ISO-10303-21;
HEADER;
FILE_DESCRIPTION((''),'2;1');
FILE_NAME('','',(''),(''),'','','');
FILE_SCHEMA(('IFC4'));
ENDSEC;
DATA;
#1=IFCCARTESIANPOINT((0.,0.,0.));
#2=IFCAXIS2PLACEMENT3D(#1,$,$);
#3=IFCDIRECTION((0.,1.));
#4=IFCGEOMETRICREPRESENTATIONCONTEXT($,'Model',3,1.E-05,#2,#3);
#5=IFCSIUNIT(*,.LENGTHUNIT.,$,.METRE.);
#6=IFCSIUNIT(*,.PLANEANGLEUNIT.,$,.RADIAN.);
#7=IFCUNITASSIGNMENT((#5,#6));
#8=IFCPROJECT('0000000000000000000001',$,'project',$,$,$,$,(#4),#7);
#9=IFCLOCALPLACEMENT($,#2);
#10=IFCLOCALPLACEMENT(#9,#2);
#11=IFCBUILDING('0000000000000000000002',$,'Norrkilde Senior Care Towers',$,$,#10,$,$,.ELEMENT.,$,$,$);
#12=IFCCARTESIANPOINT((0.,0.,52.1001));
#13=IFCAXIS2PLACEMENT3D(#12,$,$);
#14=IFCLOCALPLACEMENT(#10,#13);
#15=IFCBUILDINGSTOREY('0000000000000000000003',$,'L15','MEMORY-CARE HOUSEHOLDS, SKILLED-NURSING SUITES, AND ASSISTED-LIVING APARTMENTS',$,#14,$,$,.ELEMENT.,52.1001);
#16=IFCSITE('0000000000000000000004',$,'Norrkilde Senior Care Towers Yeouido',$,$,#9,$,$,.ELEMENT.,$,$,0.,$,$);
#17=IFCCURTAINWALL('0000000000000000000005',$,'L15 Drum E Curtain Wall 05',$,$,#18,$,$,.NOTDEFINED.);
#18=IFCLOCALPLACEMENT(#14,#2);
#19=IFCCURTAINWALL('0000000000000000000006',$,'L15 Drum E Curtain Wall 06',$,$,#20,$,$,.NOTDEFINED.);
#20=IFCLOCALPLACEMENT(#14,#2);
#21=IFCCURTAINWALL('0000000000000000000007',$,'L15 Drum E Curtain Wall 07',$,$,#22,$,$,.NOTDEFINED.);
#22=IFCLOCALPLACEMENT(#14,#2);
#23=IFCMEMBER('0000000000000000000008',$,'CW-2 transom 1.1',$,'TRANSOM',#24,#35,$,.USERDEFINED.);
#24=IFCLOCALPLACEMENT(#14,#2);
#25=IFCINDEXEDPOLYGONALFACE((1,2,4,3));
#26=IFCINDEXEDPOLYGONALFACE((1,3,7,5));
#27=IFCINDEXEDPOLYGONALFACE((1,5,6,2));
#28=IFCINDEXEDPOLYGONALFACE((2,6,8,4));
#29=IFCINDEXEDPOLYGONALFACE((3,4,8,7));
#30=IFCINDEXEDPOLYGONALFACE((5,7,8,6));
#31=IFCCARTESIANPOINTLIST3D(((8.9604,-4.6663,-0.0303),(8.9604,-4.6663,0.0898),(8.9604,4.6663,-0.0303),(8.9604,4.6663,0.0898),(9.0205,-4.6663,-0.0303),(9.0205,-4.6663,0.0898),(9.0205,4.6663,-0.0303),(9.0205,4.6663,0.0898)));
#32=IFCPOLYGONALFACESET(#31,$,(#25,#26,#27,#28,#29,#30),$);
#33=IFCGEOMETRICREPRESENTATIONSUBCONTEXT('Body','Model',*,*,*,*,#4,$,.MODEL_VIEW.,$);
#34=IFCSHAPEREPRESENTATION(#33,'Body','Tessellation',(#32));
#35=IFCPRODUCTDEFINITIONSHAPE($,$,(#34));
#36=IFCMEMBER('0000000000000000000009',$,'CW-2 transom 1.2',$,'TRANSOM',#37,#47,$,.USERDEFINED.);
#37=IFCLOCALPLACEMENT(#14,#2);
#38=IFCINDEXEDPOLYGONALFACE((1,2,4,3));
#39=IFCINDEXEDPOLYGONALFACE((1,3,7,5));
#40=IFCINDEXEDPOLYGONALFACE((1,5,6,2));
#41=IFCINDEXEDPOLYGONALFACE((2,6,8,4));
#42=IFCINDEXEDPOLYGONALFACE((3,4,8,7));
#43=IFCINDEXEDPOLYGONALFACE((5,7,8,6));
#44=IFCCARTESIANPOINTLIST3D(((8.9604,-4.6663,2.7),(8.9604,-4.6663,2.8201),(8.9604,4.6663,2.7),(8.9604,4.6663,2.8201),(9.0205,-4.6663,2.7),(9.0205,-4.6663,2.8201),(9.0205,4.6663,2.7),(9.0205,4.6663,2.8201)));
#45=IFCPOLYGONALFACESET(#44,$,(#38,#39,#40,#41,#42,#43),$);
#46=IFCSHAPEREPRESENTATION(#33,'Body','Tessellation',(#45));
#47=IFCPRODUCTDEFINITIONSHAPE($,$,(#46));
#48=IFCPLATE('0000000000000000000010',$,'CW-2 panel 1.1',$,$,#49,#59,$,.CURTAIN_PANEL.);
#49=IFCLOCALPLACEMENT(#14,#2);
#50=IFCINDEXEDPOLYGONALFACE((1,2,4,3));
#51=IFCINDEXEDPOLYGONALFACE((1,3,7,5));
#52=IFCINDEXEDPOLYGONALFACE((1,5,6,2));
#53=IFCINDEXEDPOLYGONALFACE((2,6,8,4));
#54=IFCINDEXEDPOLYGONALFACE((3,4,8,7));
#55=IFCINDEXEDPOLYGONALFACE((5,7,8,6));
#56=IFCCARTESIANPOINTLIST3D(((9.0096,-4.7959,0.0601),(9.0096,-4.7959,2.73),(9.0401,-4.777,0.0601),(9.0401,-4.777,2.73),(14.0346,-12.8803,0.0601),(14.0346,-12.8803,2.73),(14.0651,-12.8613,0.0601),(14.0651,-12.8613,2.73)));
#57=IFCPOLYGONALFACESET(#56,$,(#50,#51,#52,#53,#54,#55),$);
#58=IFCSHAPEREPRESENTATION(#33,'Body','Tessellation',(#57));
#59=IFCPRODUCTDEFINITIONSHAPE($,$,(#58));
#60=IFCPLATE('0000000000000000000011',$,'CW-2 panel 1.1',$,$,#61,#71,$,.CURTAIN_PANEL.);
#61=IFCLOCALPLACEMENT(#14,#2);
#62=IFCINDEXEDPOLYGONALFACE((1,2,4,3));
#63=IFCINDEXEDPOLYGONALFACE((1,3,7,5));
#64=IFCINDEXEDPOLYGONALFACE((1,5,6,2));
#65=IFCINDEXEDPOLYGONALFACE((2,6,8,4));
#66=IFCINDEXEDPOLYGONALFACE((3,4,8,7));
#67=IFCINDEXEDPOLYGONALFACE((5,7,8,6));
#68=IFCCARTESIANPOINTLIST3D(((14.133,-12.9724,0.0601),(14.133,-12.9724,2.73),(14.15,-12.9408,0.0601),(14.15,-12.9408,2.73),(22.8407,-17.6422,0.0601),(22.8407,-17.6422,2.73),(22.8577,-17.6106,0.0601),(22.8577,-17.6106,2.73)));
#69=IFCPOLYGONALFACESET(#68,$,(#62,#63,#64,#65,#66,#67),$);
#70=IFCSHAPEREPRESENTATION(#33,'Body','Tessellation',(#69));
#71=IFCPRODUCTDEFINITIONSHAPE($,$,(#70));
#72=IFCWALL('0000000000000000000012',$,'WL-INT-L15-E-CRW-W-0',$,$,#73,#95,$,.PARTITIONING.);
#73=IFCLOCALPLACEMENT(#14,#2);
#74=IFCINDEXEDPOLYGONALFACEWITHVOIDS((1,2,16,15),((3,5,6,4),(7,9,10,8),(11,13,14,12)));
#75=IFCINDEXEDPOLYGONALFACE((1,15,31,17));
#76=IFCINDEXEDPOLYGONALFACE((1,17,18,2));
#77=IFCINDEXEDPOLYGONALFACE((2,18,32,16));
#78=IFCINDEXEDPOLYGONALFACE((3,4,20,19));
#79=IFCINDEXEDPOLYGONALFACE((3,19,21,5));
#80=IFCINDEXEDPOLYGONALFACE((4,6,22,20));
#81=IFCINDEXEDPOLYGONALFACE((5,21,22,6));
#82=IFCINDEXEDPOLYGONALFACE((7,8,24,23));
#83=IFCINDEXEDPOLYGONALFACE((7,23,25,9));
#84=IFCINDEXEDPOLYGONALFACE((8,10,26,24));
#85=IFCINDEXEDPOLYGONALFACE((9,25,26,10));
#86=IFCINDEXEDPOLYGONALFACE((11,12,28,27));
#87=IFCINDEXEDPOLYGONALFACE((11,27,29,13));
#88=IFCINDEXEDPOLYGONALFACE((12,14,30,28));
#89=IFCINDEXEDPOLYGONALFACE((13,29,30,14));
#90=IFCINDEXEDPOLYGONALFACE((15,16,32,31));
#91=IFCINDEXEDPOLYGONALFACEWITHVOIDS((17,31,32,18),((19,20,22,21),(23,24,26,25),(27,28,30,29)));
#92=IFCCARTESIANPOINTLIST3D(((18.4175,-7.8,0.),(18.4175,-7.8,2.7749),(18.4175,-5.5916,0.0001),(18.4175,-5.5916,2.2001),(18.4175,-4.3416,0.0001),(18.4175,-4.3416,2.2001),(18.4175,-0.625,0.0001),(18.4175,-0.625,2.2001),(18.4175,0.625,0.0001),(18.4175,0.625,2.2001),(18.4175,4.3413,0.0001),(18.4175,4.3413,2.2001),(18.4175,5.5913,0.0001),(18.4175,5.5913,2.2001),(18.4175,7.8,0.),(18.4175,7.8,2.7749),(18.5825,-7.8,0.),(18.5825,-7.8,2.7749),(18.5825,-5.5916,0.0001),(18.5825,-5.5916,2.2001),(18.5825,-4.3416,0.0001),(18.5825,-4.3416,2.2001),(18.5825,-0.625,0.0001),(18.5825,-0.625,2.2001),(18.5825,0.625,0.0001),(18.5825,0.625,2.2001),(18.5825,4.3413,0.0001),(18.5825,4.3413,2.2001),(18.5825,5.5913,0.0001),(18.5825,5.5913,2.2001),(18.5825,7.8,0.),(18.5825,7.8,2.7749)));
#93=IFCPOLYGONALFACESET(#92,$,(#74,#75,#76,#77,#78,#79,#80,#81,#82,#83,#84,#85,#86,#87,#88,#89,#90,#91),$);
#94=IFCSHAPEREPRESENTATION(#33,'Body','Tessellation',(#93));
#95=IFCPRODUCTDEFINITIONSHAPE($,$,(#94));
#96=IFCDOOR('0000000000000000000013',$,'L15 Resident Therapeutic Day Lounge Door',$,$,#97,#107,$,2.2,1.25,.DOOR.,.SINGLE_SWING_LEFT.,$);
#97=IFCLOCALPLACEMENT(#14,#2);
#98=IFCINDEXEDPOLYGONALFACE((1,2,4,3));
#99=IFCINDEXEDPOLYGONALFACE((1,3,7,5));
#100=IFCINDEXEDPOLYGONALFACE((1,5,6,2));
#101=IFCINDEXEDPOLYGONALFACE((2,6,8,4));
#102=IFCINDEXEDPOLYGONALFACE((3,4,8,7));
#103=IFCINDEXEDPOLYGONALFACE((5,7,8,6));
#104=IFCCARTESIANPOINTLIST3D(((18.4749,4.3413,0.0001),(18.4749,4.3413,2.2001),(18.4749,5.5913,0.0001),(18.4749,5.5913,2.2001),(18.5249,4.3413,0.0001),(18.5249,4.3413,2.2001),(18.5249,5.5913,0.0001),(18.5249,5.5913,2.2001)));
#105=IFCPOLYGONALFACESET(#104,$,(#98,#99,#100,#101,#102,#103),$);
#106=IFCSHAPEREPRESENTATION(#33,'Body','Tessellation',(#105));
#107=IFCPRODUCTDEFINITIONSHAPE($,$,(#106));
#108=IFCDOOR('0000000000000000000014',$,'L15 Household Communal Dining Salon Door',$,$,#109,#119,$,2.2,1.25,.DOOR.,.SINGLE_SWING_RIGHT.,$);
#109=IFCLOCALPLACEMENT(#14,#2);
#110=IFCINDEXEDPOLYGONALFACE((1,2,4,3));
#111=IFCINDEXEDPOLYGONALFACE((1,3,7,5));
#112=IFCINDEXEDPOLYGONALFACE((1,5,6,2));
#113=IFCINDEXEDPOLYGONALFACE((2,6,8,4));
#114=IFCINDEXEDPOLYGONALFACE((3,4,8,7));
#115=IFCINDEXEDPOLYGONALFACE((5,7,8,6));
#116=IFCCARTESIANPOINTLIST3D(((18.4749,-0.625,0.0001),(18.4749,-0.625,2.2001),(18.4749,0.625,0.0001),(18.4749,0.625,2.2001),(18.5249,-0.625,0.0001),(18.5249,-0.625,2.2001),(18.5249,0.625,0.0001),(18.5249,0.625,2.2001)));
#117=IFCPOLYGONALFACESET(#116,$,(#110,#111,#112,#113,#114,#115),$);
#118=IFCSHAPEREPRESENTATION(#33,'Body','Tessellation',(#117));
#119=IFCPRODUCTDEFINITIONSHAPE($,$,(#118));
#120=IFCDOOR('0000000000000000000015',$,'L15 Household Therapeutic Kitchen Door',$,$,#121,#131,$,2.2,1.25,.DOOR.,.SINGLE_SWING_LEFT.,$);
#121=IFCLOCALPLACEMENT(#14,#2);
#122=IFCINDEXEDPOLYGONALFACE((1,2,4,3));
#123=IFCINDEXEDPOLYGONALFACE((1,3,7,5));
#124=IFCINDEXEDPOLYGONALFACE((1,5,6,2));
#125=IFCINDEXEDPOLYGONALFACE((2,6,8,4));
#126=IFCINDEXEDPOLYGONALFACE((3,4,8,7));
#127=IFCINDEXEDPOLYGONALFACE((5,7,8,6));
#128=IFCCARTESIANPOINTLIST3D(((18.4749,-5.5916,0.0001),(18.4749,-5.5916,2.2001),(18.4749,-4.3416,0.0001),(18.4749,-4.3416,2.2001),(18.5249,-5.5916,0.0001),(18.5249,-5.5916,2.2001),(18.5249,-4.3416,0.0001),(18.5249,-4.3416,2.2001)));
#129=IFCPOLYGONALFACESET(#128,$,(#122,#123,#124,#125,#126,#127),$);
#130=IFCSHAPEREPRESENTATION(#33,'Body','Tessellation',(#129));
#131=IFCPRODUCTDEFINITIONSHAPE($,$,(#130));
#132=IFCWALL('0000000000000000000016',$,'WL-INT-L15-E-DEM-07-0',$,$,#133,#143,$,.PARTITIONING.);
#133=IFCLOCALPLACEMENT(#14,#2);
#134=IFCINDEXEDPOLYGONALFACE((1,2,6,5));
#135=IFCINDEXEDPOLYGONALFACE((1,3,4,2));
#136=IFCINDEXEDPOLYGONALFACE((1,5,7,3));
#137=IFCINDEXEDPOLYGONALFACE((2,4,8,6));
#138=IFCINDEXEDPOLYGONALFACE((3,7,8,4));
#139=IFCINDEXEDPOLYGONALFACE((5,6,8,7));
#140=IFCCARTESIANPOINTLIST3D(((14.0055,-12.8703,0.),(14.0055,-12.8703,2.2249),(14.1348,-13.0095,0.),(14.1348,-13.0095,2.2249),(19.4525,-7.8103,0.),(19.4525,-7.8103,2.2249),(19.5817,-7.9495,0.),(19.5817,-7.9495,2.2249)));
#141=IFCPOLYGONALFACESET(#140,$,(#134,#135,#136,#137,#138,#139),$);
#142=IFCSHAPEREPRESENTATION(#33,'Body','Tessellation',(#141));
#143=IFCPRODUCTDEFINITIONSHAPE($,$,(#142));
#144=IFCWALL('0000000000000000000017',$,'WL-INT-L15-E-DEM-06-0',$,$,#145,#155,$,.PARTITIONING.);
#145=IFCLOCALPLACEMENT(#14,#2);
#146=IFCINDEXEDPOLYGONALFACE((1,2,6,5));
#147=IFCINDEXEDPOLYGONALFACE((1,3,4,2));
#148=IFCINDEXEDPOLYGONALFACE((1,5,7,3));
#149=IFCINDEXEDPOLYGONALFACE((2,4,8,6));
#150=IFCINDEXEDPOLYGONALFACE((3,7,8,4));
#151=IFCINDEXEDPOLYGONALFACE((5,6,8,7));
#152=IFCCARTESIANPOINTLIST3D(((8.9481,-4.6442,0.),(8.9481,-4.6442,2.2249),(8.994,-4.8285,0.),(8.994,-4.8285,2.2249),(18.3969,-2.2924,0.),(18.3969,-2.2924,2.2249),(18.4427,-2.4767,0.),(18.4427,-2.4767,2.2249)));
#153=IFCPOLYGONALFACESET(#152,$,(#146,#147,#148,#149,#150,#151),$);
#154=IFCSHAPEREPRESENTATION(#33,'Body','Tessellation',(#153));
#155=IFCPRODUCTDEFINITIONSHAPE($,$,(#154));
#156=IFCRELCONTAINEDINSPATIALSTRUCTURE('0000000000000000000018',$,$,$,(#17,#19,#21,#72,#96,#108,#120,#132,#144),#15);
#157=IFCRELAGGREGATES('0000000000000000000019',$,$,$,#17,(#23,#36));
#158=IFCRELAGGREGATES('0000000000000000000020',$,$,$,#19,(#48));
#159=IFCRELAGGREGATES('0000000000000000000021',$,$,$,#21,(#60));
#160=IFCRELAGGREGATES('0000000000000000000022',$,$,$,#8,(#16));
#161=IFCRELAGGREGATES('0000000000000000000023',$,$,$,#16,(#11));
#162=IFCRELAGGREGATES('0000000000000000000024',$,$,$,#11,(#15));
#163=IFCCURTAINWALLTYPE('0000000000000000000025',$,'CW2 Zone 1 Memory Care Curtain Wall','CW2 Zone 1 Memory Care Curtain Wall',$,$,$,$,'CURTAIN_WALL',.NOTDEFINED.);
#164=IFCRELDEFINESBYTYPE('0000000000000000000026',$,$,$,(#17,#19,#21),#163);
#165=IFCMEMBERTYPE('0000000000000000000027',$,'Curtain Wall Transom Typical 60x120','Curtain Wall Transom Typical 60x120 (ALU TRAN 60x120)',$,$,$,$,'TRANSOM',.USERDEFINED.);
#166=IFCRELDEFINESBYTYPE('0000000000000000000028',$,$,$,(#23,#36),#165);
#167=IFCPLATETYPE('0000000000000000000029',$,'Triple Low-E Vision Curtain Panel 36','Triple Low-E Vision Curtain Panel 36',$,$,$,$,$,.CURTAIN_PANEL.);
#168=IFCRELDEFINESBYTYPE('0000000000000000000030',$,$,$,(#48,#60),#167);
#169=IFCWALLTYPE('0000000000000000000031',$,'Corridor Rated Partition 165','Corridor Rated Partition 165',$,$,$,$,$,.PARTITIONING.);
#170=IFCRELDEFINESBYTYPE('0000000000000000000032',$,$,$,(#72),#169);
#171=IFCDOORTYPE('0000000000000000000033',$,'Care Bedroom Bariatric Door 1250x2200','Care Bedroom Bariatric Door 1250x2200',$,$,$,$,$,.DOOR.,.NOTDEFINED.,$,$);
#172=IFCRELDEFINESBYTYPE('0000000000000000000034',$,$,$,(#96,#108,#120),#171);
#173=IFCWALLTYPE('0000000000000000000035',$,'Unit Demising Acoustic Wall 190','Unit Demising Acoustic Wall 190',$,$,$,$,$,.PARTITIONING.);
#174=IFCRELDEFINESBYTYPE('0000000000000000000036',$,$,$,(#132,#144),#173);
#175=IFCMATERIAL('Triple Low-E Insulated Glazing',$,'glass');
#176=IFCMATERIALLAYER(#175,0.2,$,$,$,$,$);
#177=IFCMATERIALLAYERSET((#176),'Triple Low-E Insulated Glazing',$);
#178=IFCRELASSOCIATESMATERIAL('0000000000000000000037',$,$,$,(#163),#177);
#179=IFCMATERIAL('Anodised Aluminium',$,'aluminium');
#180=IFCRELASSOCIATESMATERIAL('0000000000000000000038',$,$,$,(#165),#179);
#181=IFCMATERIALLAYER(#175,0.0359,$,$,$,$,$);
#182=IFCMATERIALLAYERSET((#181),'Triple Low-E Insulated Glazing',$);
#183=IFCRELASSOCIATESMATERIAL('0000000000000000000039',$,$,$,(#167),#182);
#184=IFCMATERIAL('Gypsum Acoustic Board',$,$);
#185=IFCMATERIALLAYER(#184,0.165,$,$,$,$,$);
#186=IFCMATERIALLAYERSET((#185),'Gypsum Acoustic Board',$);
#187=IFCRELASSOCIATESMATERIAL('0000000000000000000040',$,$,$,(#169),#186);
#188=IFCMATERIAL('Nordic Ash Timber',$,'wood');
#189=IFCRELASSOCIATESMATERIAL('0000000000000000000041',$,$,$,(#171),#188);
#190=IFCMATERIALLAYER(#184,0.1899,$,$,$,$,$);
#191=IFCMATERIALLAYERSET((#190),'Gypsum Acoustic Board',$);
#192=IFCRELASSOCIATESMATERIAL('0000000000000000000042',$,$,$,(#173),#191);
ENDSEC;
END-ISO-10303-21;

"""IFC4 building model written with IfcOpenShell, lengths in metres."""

from ifc_helpers import new_model, si_unit, direction, frame, frame_2d, origin, origin_2d, place, context, subcontext, project, spatial, rectangle, extrude, source, transform, mapped, material, layer, layer_set, material_profile, profile_set, type_object, type_shapes, element, fill, aggregate, save


model = new_model("IFC4")

# Units and contexts
model_context = context("Model", 3, precision=1e-05, world=origin(), true_north=direction((0.0, 1.0)))
body_context = subcontext(model_context, "Body", "Model", "MODEL_VIEW")
ifc_project = project(units=[si_unit("LENGTHUNIT", "METRE"), si_unit("PLANEANGLEUNIT", "RADIAN")], contexts=[model_context])

# Site, building, storey
site_placement = place(None, origin())
site = spatial("IfcSite", under=ifc_project, at=site_placement, Name="Norrkilde Senior Care Towers Yeouido", CompositionType="ELEMENT", RefElevation=0.0)
building_placement = place(site_placement, origin())
building = spatial("IfcBuilding", under=site, at=building_placement, Name="Norrkilde Senior Care Towers", CompositionType="ELEMENT")
storey_placement = place(building_placement, frame((0.0, 0.0, 52.1001)))
storey = spatial("IfcBuildingStorey", under=building, at=storey_placement, Name="L15", Description="MEMORY-CARE HOUSEHOLDS, SKILLED-NURSING SUITES, AND ASSISTED-LIVING APARTMENTS", CompositionType="ELEMENT", Elevation=52.1001)

# Curtain wall
ifc_material_1 = material(Name="Triple Low-E Insulated Glazing", Category="glass")
ifc_layer_1 = layer(ifc_material_1, 0.2)
ifc_layer_set_1 = layer_set([ifc_layer_1], Name="Triple Low-E Insulated Glazing")
curtain_wall_type = type_object("IfcCurtainWallType", Name="CW2 Zone 1 Memory Care Curtain Wall", Description="CW2 Zone 1 Memory Care Curtain Wall", ElementType="CURTAIN_WALL", PredefinedType="NOTDEFINED", material=ifc_layer_set_1)
curtain_wall_1_placement = place(storey_placement, origin())
curtain_wall_1 = element("IfcCurtainWall", 1, at=curtain_wall_1_placement, inside=storey, type_object=curtain_wall_type, Name="L15 Drum E Curtain Wall 05", PredefinedType="NOTDEFINED")
ifc_material_2 = material(Name="Anodised Aluminium", Category="aluminium")

# Curtain wall
curtain_wall_2_placement = place(storey_placement, origin())
curtain_wall_2 = element("IfcCurtainWall", 2, at=curtain_wall_2_placement, inside=storey, type_object=curtain_wall_type, Name="L15 Drum E Curtain Wall 06", PredefinedType="NOTDEFINED")

# Curtain wall
curtain_wall_3_placement = place(storey_placement, origin())
curtain_wall_3 = element("IfcCurtainWall", 3, at=curtain_wall_3_placement, inside=storey, type_object=curtain_wall_type, Name="L15 Drum E Curtain Wall 07", PredefinedType="NOTDEFINED")

# Members
ifc_material_profile_1 = material_profile(ifc_material_2, rectangle(XDim=0.0601, YDim=0.1201, at=origin_2d()), Name="ALU TRAN 60x120")
ifc_profile_set_1 = profile_set([ifc_material_profile_1], Name="Anodised Aluminium")
member_type_1 = type_object("IfcMemberType", Name="Curtain Wall Transom Typical 60x120", Description="Curtain Wall Transom Typical 60x120 (ALU TRAN 60x120)", ElementType="TRANSOM", PredefinedType="USERDEFINED", material=ifc_profile_set_1)
shared_shape_1 = source(origin(), body_context, "Body", "SweptSolid", [
    extrude(rectangle(XDim=0.0601, YDim=0.1201, at=origin_2d()), origin(), (0.0, 0.0, 1.0), 9.3325),
])
member_1_placement = place(storey_placement, frame((8.9905, -4.6663, 0.0298), z_axis=(0.0, 1.0, 0.0), x_axis=(-1.0, 0.0, 0.0)))
member_1 = element("IfcMember", 4, at=member_1_placement, type_object=member_type_1, Name="CW-2 transom 1.1", ObjectType="TRANSOM", PredefinedType="USERDEFINED", context=body_context, shape_type="MappedRepresentation", body=[
    mapped(shared_shape_1, transform((0.0, 0.0, 0.0), x_axis=(1.0, 0.0, 0.0), y_axis=(0.0, 1.0, 0.0), z_axis=(0.0, 0.0, 1.0), scale=1.0)),
])
member_2_placement = place(storey_placement, frame((8.9905, -4.6663, 2.76), z_axis=(0.0, 1.0, 0.0), x_axis=(-1.0, 0.0, 0.0)))
member_2 = element("IfcMember", 5, at=member_2_placement, type_object=member_type_1, Name="CW-2 transom 1.2", ObjectType="TRANSOM", PredefinedType="USERDEFINED", context=body_context, shape_type="MappedRepresentation", body=[
    mapped(shared_shape_1, transform((0.0, 0.0, 0.0), x_axis=(1.0, 0.0, 0.0), y_axis=(0.0, 1.0, 0.0), z_axis=(0.0, 0.0, 1.0), scale=1.0)),
])
aggregate(curtain_wall_1, [member_1, member_2])

# Plates
ifc_layer_2 = layer(ifc_material_1, 0.0359)
ifc_layer_set_2 = layer_set([ifc_layer_2], Name="Triple Low-E Insulated Glazing")
plate_type = type_object("IfcPlateType", Name="Triple Low-E Vision Curtain Panel 36", Description="Triple Low-E Vision Curtain Panel 36", PredefinedType="CURTAIN_PANEL", material=ifc_layer_set_2)
shared_shape_2 = source(origin(), body_context, "Body", "SweptSolid", [
    extrude(rectangle(XDim=9.5188, YDim=0.0359, at=origin_2d()), origin(), (0.0, 0.0, 1.0), 2.6699),
])
plate_1_placement = place(storey_placement, frame((11.5374, -8.8286, 0.0601), z_axis=(0.0, 0.0, 1.0), x_axis=(-0.527901, 0.849306, 0.0)))
plate_1 = element("IfcPlate", 6, at=plate_1_placement, type_object=plate_type, Name="CW-2 panel 1.1", PredefinedType="CURTAIN_PANEL", context=body_context, shape_type="MappedRepresentation", body=[
    mapped(shared_shape_2, transform((0.0, 0.0, 0.0), x_axis=(1.0, 0.0, 0.0), y_axis=(0.0, 1.0, 0.0), z_axis=(0.0, 0.0, 1.0), scale=1.0)),
])
aggregate(curtain_wall_2, [plate_1])
shared_shape_3 = source(origin(), body_context, "Body", "SweptSolid", [
    extrude(rectangle(XDim=9.8809, YDim=0.0359, at=origin_2d()), origin(), (0.0, 0.0, 1.0), 2.6699),
])
type_shapes(plate_type, [shared_shape_2, shared_shape_3])
plate_2_placement = place(storey_placement, frame((18.4954, -15.2915, 0.0601), z_axis=(0.0, 0.0, 1.0), x_axis=(-0.881273, 0.472608, 0.0)))
plate_2 = element("IfcPlate", 7, at=plate_2_placement, type_object=plate_type, Name="CW-2 panel 1.1", PredefinedType="CURTAIN_PANEL", context=body_context, shape_type="MappedRepresentation", body=[
    mapped(shared_shape_3, transform((0.0, 0.0, 0.0), x_axis=(1.0, 0.0, 0.0), y_axis=(0.0, 1.0, 0.0), z_axis=(0.0, 0.0, 1.0), scale=1.0)),
])
aggregate(curtain_wall_3, [plate_2])

# Wall, openings, doors
ifc_material_3 = material(Name="Gypsum Acoustic Board")
ifc_layer_3 = layer(ifc_material_3, 0.165)
ifc_layer_set_3 = layer_set([ifc_layer_3], Name="Gypsum Acoustic Board")
wall_type_1 = type_object("IfcWallType", Name="Corridor Rated Partition 165", Description="Corridor Rated Partition 165", PredefinedType="PARTITIONING", material=ifc_layer_set_3)
shared_shape_4 = source(origin(), body_context, "Body", "SweptSolid", [
    extrude(rectangle(XDim=15.6001, YDim=0.165, at=frame_2d((7.8, 0.0))), origin(), (0.0, 0.0, 1.0), 2.7749),
])
type_shapes(wall_type_1, [shared_shape_4])
wall_1_placement = place(storey_placement, frame((18.5, -7.8, 0.0), z_axis=(0.0, 0.0, 1.0), x_axis=(0.0, 1.0, 0.0)))
wall_1 = element("IfcWall", 8, at=wall_1_placement, inside=storey, type_object=wall_type_1, Name="WL-INT-L15-E-CRW-W-0", PredefinedType="PARTITIONING", context=body_context, shape_type="MappedRepresentation", body=[
    mapped(shared_shape_4, transform((0.0, 0.0, 0.0), x_axis=(1.0, 0.0, 0.0), y_axis=(0.0, 1.0, 0.0), z_axis=(0.0, 0.0, 1.0), scale=1.0)),
])
opening_1_placement = place(wall_1_placement, frame((12.1414, 0.0, 0.0)))
opening_1 = element("IfcOpeningElement", 9, at=opening_1_placement, cuts=wall_1, PredefinedType="OPENING", context=body_context, shape_type="SweptSolid", body=[
    extrude(rectangle(XDim=1.25, YDim=2.2, at=frame_2d((0.625, 1.1001))), frame((0.0, 0.0925, 0.0), z_axis=(0.0, -1.0, 0.0), x_axis=(1.0, 0.0, 0.0)), (0.0, 0.0, 1.0), 0.1851),
])
opening_2_placement = place(wall_1_placement, frame((7.175, 0.0, 0.0)))
opening_2 = element("IfcOpeningElement", 10, at=opening_2_placement, cuts=wall_1, PredefinedType="OPENING", context=body_context, shape_type="SweptSolid", body=[
    extrude(rectangle(XDim=1.25, YDim=2.2, at=frame_2d((0.625, 1.1001))), frame((0.0, 0.0925, 0.0), z_axis=(0.0, -1.0, 0.0), x_axis=(1.0, 0.0, 0.0)), (0.0, 0.0, 1.0), 0.1851),
])
opening_3_placement = place(wall_1_placement, frame((2.2085, 0.0, 0.0)))
opening_3 = element("IfcOpeningElement", 11, at=opening_3_placement, cuts=wall_1, PredefinedType="OPENING", context=body_context, shape_type="SweptSolid", body=[
    extrude(rectangle(XDim=1.25, YDim=2.2, at=frame_2d((0.625, 1.1001))), frame((0.0, 0.0925, 0.0), z_axis=(0.0, -1.0, 0.0), x_axis=(1.0, 0.0, 0.0)), (0.0, 0.0, 1.0), 0.1851),
])
ifc_material_4 = material(Name="Nordic Ash Timber", Category="wood")
door_type = type_object("IfcDoorType", Name="Care Bedroom Bariatric Door 1250x2200", Description="Care Bedroom Bariatric Door 1250x2200", OperationType="NOTDEFINED", PredefinedType="DOOR", material=ifc_material_4)
shared_shape_5 = source(origin(), body_context, "Body", "SweptSolid", [
    extrude(rectangle(XDim=1.25, YDim=2.2, at=frame_2d((0.625, 1.1001))), frame((0.0, 0.0249, 0.0), z_axis=(0.0, -1.0, 0.0), x_axis=(1.0, 0.0, 0.0)), (0.0, 0.0, 1.0), 0.05),
])
type_shapes(door_type, [shared_shape_5])
door_1_placement = place(opening_1_placement, frame((1.25, 0.0, 0.0), z_axis=(0.0, 0.0, 1.0), x_axis=(-1.0, 0.0, 0.0)))
door_1 = element("IfcDoor", 12, at=door_1_placement, inside=storey, type_object=door_type, Name="L15 Resident Therapeutic Day Lounge Door", OperationType="SINGLE_SWING_LEFT", OverallHeight=2.2, OverallWidth=1.25, PredefinedType="DOOR", context=body_context, shape_type="MappedRepresentation", body=[
    mapped(shared_shape_5, transform((0.0, 0.0, 0.0), x_axis=(1.0, 0.0, 0.0), y_axis=(0.0, 1.0, 0.0), z_axis=(0.0, 0.0, 1.0), scale=1.0)),
])
fill(opening_1, door_1)
door_2_placement = place(opening_2_placement, frame((1.25, 0.0, 0.0), z_axis=(0.0, 0.0, 1.0), x_axis=(-1.0, 0.0, 0.0)))
door_2 = element("IfcDoor", 13, at=door_2_placement, inside=storey, type_object=door_type, Name="L15 Household Communal Dining Salon Door", OperationType="SINGLE_SWING_RIGHT", OverallHeight=2.2, OverallWidth=1.25, PredefinedType="DOOR", context=body_context, shape_type="MappedRepresentation", body=[
    mapped(shared_shape_5, transform((0.0, 0.0, 0.0), x_axis=(1.0, 0.0, 0.0), y_axis=(0.0, 1.0, 0.0), z_axis=(0.0, 0.0, 1.0), scale=1.0)),
])
fill(opening_2, door_2)
door_3_placement = place(opening_3_placement, frame((1.25, 0.0, 0.0), z_axis=(0.0, 0.0, 1.0), x_axis=(-1.0, 0.0, 0.0)))
door_3 = element("IfcDoor", 14, at=door_3_placement, inside=storey, type_object=door_type, Name="L15 Household Therapeutic Kitchen Door", OperationType="SINGLE_SWING_LEFT", OverallHeight=2.2, OverallWidth=1.25, PredefinedType="DOOR", context=body_context, shape_type="MappedRepresentation", body=[
    mapped(shared_shape_5, transform((0.0, 0.0, 0.0), x_axis=(1.0, 0.0, 0.0), y_axis=(0.0, 1.0, 0.0), z_axis=(0.0, 0.0, 1.0), scale=1.0)),
])
fill(opening_3, door_3)

# Walls
ifc_layer_4 = layer(ifc_material_3, 0.1899)
ifc_layer_set_4 = layer_set([ifc_layer_4], Name="Gypsum Acoustic Board")
wall_type_2 = type_object("IfcWallType", Name="Unit Demising Acoustic Wall 190", Description="Unit Demising Acoustic Wall 190", PredefinedType="PARTITIONING", material=ifc_layer_set_4)
shared_shape_6 = source(origin(), body_context, "Body", "SweptSolid", [
    extrude(rectangle(XDim=7.4346, YDim=0.1899, at=frame_2d((3.7173, 0.0))), origin(), (0.0, 0.0, 1.0), 2.2249),
])
wall_2_placement = place(storey_placement, frame((19.5171, -7.8799, 0.0), z_axis=(0.0, 0.0, 1.0), x_axis=(-0.732652, -0.680603, 0.0)))
element("IfcWall", 15, at=wall_2_placement, inside=storey, type_object=wall_type_2, Name="WL-INT-L15-E-DEM-07-0", PredefinedType="PARTITIONING", context=body_context, shape_type="MappedRepresentation", body=[
    mapped(shared_shape_6, transform((0.0, 0.0, 0.0), x_axis=(1.0, 0.0, 0.0), y_axis=(0.0, 1.0, 0.0), z_axis=(0.0, 0.0, 1.0), scale=1.0)),
])
shared_shape_7 = source(origin(), body_context, "Body", "SweptSolid", [
    extrude(rectangle(XDim=9.7371, YDim=0.1899, at=frame_2d((4.8687, 0.0))), origin(), (0.0, 0.0, 1.0), 2.2249),
])
type_shapes(wall_type_2, [shared_shape_6, shared_shape_7])
wall_3_placement = place(storey_placement, frame((18.4199, -2.3845, 0.0), z_axis=(0.0, 0.0, 1.0), x_axis=(-0.970393, -0.241533, 0.0)))
element("IfcWall", 16, at=wall_3_placement, inside=storey, type_object=wall_type_2, Name="WL-INT-L15-E-DEM-06-0", PredefinedType="PARTITIONING", context=body_context, shape_type="MappedRepresentation", body=[
    mapped(shared_shape_7, transform((0.0, 0.0, 0.0), x_axis=(1.0, 0.0, 0.0), y_axis=(0.0, 1.0, 0.0), z_axis=(0.0, 0.0, 1.0), scale=1.0)),
])

save(model, "model.ifc")
